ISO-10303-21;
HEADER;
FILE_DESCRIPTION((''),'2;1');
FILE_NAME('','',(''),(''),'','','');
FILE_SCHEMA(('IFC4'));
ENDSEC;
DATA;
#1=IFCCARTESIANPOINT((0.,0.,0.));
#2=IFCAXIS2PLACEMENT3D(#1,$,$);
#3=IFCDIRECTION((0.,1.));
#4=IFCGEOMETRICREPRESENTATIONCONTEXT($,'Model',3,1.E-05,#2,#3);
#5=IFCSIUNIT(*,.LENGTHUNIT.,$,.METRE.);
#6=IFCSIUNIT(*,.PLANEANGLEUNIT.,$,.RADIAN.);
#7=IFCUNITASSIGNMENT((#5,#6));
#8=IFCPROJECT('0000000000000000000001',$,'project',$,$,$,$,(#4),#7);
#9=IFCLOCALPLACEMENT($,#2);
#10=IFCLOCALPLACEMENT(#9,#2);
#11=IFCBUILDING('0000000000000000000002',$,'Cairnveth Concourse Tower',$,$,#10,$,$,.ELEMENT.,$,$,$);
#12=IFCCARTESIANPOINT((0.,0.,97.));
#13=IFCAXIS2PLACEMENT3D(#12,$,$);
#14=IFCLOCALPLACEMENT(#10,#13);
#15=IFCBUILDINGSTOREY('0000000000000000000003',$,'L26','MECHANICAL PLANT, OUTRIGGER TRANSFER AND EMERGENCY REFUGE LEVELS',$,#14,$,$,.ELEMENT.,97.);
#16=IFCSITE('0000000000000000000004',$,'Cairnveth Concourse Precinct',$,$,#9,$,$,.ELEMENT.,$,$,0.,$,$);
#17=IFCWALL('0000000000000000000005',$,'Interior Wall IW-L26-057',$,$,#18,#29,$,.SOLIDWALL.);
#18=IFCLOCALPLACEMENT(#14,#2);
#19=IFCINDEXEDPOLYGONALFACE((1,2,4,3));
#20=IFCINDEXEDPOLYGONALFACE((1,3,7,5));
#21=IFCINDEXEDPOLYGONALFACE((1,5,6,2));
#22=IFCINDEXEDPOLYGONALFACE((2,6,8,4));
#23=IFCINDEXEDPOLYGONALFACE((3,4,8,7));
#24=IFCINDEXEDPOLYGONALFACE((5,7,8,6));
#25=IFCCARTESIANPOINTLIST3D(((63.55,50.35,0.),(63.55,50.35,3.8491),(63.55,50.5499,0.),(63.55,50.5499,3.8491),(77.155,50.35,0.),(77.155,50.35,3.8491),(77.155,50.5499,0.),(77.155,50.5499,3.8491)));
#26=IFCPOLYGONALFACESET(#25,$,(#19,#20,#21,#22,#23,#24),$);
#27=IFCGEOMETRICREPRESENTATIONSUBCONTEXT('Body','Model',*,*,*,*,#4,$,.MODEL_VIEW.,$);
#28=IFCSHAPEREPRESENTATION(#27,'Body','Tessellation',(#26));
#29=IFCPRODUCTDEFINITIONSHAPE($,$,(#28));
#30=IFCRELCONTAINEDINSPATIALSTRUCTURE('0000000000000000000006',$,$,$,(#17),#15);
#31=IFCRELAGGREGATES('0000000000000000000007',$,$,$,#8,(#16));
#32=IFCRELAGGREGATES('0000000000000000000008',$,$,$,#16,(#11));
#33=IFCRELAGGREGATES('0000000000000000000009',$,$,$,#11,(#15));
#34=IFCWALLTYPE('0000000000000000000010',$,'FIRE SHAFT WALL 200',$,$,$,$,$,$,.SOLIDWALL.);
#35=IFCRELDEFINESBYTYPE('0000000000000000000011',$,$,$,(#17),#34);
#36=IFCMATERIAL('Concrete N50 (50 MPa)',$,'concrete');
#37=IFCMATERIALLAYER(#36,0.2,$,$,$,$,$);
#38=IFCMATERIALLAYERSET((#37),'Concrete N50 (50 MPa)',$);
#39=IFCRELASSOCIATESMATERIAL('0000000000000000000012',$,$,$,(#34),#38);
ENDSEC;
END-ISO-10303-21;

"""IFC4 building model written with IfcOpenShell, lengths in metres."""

from ifc_helpers import new_model, si_unit, direction, frame, frame_2d, origin, place, context, subcontext, project, spatial, rectangle, extrude, material, layer, layer_set, type_object, element, save


model = new_model("IFC4")

# Units and contexts
model_context = context("Model", 3, precision=1e-05, world=origin(), true_north=direction((0.0, 1.0)))
body_context = subcontext(model_context, "Body", "Model", "MODEL_VIEW")
ifc_project = project(units=[si_unit("LENGTHUNIT", "METRE"), si_unit("PLANEANGLEUNIT", "RADIAN")], contexts=[model_context])

# Site, building, storey
site_placement = place(None, origin())
site = spatial("IfcSite", under=ifc_project, at=site_placement, Name="Cairnveth Concourse Precinct", CompositionType="ELEMENT", RefElevation=0.0)
building_placement = place(site_placement, origin())
building = spatial("IfcBuilding", under=site, at=building_placement, Name="Cairnveth Concourse Tower", CompositionType="ELEMENT")
storey_placement = place(building_placement, frame((0.0, 0.0, 97.0)))
storey = spatial("IfcBuildingStorey", under=building, at=storey_placement, Name="L26", Description="MECHANICAL PLANT, OUTRIGGER TRANSFER AND EMERGENCY REFUGE LEVELS", CompositionType="ELEMENT", Elevation=97.0)

# Wall
ifc_material_1 = material(Name="Concrete N50 (50 MPa)", Category="concrete")
ifc_layer_1 = layer(ifc_material_1, 0.2)
ifc_layer_set_1 = layer_set([ifc_layer_1], Name="Concrete N50 (50 MPa)")
wall_type = type_object("IfcWallType", Name="FIRE SHAFT WALL 200", PredefinedType="SOLIDWALL", material=ifc_layer_set_1)
for number, where, z_axis, x_axis, name in (
    (1, (63.55, 50.45, 0.0), (0.0, 0.0, 1.0), (1.0, 0.0, 0.0), "Interior Wall IW-L26-057"),
):
    element("IfcWall", number, at=place(storey_placement, frame(where, z_axis=z_axis, x_axis=x_axis)), inside=storey, type_object=wall_type, Name=name, PredefinedType="SOLIDWALL", context=body_context, shape_type="SweptSolid", body=[
        extrude(rectangle(XDim=13.605, YDim=0.2, at=frame_2d((6.8025, 0.0))), origin(), (0.0, 0.0, 1.0), 3.8491),
    ])

save(model, "model.ifc")
